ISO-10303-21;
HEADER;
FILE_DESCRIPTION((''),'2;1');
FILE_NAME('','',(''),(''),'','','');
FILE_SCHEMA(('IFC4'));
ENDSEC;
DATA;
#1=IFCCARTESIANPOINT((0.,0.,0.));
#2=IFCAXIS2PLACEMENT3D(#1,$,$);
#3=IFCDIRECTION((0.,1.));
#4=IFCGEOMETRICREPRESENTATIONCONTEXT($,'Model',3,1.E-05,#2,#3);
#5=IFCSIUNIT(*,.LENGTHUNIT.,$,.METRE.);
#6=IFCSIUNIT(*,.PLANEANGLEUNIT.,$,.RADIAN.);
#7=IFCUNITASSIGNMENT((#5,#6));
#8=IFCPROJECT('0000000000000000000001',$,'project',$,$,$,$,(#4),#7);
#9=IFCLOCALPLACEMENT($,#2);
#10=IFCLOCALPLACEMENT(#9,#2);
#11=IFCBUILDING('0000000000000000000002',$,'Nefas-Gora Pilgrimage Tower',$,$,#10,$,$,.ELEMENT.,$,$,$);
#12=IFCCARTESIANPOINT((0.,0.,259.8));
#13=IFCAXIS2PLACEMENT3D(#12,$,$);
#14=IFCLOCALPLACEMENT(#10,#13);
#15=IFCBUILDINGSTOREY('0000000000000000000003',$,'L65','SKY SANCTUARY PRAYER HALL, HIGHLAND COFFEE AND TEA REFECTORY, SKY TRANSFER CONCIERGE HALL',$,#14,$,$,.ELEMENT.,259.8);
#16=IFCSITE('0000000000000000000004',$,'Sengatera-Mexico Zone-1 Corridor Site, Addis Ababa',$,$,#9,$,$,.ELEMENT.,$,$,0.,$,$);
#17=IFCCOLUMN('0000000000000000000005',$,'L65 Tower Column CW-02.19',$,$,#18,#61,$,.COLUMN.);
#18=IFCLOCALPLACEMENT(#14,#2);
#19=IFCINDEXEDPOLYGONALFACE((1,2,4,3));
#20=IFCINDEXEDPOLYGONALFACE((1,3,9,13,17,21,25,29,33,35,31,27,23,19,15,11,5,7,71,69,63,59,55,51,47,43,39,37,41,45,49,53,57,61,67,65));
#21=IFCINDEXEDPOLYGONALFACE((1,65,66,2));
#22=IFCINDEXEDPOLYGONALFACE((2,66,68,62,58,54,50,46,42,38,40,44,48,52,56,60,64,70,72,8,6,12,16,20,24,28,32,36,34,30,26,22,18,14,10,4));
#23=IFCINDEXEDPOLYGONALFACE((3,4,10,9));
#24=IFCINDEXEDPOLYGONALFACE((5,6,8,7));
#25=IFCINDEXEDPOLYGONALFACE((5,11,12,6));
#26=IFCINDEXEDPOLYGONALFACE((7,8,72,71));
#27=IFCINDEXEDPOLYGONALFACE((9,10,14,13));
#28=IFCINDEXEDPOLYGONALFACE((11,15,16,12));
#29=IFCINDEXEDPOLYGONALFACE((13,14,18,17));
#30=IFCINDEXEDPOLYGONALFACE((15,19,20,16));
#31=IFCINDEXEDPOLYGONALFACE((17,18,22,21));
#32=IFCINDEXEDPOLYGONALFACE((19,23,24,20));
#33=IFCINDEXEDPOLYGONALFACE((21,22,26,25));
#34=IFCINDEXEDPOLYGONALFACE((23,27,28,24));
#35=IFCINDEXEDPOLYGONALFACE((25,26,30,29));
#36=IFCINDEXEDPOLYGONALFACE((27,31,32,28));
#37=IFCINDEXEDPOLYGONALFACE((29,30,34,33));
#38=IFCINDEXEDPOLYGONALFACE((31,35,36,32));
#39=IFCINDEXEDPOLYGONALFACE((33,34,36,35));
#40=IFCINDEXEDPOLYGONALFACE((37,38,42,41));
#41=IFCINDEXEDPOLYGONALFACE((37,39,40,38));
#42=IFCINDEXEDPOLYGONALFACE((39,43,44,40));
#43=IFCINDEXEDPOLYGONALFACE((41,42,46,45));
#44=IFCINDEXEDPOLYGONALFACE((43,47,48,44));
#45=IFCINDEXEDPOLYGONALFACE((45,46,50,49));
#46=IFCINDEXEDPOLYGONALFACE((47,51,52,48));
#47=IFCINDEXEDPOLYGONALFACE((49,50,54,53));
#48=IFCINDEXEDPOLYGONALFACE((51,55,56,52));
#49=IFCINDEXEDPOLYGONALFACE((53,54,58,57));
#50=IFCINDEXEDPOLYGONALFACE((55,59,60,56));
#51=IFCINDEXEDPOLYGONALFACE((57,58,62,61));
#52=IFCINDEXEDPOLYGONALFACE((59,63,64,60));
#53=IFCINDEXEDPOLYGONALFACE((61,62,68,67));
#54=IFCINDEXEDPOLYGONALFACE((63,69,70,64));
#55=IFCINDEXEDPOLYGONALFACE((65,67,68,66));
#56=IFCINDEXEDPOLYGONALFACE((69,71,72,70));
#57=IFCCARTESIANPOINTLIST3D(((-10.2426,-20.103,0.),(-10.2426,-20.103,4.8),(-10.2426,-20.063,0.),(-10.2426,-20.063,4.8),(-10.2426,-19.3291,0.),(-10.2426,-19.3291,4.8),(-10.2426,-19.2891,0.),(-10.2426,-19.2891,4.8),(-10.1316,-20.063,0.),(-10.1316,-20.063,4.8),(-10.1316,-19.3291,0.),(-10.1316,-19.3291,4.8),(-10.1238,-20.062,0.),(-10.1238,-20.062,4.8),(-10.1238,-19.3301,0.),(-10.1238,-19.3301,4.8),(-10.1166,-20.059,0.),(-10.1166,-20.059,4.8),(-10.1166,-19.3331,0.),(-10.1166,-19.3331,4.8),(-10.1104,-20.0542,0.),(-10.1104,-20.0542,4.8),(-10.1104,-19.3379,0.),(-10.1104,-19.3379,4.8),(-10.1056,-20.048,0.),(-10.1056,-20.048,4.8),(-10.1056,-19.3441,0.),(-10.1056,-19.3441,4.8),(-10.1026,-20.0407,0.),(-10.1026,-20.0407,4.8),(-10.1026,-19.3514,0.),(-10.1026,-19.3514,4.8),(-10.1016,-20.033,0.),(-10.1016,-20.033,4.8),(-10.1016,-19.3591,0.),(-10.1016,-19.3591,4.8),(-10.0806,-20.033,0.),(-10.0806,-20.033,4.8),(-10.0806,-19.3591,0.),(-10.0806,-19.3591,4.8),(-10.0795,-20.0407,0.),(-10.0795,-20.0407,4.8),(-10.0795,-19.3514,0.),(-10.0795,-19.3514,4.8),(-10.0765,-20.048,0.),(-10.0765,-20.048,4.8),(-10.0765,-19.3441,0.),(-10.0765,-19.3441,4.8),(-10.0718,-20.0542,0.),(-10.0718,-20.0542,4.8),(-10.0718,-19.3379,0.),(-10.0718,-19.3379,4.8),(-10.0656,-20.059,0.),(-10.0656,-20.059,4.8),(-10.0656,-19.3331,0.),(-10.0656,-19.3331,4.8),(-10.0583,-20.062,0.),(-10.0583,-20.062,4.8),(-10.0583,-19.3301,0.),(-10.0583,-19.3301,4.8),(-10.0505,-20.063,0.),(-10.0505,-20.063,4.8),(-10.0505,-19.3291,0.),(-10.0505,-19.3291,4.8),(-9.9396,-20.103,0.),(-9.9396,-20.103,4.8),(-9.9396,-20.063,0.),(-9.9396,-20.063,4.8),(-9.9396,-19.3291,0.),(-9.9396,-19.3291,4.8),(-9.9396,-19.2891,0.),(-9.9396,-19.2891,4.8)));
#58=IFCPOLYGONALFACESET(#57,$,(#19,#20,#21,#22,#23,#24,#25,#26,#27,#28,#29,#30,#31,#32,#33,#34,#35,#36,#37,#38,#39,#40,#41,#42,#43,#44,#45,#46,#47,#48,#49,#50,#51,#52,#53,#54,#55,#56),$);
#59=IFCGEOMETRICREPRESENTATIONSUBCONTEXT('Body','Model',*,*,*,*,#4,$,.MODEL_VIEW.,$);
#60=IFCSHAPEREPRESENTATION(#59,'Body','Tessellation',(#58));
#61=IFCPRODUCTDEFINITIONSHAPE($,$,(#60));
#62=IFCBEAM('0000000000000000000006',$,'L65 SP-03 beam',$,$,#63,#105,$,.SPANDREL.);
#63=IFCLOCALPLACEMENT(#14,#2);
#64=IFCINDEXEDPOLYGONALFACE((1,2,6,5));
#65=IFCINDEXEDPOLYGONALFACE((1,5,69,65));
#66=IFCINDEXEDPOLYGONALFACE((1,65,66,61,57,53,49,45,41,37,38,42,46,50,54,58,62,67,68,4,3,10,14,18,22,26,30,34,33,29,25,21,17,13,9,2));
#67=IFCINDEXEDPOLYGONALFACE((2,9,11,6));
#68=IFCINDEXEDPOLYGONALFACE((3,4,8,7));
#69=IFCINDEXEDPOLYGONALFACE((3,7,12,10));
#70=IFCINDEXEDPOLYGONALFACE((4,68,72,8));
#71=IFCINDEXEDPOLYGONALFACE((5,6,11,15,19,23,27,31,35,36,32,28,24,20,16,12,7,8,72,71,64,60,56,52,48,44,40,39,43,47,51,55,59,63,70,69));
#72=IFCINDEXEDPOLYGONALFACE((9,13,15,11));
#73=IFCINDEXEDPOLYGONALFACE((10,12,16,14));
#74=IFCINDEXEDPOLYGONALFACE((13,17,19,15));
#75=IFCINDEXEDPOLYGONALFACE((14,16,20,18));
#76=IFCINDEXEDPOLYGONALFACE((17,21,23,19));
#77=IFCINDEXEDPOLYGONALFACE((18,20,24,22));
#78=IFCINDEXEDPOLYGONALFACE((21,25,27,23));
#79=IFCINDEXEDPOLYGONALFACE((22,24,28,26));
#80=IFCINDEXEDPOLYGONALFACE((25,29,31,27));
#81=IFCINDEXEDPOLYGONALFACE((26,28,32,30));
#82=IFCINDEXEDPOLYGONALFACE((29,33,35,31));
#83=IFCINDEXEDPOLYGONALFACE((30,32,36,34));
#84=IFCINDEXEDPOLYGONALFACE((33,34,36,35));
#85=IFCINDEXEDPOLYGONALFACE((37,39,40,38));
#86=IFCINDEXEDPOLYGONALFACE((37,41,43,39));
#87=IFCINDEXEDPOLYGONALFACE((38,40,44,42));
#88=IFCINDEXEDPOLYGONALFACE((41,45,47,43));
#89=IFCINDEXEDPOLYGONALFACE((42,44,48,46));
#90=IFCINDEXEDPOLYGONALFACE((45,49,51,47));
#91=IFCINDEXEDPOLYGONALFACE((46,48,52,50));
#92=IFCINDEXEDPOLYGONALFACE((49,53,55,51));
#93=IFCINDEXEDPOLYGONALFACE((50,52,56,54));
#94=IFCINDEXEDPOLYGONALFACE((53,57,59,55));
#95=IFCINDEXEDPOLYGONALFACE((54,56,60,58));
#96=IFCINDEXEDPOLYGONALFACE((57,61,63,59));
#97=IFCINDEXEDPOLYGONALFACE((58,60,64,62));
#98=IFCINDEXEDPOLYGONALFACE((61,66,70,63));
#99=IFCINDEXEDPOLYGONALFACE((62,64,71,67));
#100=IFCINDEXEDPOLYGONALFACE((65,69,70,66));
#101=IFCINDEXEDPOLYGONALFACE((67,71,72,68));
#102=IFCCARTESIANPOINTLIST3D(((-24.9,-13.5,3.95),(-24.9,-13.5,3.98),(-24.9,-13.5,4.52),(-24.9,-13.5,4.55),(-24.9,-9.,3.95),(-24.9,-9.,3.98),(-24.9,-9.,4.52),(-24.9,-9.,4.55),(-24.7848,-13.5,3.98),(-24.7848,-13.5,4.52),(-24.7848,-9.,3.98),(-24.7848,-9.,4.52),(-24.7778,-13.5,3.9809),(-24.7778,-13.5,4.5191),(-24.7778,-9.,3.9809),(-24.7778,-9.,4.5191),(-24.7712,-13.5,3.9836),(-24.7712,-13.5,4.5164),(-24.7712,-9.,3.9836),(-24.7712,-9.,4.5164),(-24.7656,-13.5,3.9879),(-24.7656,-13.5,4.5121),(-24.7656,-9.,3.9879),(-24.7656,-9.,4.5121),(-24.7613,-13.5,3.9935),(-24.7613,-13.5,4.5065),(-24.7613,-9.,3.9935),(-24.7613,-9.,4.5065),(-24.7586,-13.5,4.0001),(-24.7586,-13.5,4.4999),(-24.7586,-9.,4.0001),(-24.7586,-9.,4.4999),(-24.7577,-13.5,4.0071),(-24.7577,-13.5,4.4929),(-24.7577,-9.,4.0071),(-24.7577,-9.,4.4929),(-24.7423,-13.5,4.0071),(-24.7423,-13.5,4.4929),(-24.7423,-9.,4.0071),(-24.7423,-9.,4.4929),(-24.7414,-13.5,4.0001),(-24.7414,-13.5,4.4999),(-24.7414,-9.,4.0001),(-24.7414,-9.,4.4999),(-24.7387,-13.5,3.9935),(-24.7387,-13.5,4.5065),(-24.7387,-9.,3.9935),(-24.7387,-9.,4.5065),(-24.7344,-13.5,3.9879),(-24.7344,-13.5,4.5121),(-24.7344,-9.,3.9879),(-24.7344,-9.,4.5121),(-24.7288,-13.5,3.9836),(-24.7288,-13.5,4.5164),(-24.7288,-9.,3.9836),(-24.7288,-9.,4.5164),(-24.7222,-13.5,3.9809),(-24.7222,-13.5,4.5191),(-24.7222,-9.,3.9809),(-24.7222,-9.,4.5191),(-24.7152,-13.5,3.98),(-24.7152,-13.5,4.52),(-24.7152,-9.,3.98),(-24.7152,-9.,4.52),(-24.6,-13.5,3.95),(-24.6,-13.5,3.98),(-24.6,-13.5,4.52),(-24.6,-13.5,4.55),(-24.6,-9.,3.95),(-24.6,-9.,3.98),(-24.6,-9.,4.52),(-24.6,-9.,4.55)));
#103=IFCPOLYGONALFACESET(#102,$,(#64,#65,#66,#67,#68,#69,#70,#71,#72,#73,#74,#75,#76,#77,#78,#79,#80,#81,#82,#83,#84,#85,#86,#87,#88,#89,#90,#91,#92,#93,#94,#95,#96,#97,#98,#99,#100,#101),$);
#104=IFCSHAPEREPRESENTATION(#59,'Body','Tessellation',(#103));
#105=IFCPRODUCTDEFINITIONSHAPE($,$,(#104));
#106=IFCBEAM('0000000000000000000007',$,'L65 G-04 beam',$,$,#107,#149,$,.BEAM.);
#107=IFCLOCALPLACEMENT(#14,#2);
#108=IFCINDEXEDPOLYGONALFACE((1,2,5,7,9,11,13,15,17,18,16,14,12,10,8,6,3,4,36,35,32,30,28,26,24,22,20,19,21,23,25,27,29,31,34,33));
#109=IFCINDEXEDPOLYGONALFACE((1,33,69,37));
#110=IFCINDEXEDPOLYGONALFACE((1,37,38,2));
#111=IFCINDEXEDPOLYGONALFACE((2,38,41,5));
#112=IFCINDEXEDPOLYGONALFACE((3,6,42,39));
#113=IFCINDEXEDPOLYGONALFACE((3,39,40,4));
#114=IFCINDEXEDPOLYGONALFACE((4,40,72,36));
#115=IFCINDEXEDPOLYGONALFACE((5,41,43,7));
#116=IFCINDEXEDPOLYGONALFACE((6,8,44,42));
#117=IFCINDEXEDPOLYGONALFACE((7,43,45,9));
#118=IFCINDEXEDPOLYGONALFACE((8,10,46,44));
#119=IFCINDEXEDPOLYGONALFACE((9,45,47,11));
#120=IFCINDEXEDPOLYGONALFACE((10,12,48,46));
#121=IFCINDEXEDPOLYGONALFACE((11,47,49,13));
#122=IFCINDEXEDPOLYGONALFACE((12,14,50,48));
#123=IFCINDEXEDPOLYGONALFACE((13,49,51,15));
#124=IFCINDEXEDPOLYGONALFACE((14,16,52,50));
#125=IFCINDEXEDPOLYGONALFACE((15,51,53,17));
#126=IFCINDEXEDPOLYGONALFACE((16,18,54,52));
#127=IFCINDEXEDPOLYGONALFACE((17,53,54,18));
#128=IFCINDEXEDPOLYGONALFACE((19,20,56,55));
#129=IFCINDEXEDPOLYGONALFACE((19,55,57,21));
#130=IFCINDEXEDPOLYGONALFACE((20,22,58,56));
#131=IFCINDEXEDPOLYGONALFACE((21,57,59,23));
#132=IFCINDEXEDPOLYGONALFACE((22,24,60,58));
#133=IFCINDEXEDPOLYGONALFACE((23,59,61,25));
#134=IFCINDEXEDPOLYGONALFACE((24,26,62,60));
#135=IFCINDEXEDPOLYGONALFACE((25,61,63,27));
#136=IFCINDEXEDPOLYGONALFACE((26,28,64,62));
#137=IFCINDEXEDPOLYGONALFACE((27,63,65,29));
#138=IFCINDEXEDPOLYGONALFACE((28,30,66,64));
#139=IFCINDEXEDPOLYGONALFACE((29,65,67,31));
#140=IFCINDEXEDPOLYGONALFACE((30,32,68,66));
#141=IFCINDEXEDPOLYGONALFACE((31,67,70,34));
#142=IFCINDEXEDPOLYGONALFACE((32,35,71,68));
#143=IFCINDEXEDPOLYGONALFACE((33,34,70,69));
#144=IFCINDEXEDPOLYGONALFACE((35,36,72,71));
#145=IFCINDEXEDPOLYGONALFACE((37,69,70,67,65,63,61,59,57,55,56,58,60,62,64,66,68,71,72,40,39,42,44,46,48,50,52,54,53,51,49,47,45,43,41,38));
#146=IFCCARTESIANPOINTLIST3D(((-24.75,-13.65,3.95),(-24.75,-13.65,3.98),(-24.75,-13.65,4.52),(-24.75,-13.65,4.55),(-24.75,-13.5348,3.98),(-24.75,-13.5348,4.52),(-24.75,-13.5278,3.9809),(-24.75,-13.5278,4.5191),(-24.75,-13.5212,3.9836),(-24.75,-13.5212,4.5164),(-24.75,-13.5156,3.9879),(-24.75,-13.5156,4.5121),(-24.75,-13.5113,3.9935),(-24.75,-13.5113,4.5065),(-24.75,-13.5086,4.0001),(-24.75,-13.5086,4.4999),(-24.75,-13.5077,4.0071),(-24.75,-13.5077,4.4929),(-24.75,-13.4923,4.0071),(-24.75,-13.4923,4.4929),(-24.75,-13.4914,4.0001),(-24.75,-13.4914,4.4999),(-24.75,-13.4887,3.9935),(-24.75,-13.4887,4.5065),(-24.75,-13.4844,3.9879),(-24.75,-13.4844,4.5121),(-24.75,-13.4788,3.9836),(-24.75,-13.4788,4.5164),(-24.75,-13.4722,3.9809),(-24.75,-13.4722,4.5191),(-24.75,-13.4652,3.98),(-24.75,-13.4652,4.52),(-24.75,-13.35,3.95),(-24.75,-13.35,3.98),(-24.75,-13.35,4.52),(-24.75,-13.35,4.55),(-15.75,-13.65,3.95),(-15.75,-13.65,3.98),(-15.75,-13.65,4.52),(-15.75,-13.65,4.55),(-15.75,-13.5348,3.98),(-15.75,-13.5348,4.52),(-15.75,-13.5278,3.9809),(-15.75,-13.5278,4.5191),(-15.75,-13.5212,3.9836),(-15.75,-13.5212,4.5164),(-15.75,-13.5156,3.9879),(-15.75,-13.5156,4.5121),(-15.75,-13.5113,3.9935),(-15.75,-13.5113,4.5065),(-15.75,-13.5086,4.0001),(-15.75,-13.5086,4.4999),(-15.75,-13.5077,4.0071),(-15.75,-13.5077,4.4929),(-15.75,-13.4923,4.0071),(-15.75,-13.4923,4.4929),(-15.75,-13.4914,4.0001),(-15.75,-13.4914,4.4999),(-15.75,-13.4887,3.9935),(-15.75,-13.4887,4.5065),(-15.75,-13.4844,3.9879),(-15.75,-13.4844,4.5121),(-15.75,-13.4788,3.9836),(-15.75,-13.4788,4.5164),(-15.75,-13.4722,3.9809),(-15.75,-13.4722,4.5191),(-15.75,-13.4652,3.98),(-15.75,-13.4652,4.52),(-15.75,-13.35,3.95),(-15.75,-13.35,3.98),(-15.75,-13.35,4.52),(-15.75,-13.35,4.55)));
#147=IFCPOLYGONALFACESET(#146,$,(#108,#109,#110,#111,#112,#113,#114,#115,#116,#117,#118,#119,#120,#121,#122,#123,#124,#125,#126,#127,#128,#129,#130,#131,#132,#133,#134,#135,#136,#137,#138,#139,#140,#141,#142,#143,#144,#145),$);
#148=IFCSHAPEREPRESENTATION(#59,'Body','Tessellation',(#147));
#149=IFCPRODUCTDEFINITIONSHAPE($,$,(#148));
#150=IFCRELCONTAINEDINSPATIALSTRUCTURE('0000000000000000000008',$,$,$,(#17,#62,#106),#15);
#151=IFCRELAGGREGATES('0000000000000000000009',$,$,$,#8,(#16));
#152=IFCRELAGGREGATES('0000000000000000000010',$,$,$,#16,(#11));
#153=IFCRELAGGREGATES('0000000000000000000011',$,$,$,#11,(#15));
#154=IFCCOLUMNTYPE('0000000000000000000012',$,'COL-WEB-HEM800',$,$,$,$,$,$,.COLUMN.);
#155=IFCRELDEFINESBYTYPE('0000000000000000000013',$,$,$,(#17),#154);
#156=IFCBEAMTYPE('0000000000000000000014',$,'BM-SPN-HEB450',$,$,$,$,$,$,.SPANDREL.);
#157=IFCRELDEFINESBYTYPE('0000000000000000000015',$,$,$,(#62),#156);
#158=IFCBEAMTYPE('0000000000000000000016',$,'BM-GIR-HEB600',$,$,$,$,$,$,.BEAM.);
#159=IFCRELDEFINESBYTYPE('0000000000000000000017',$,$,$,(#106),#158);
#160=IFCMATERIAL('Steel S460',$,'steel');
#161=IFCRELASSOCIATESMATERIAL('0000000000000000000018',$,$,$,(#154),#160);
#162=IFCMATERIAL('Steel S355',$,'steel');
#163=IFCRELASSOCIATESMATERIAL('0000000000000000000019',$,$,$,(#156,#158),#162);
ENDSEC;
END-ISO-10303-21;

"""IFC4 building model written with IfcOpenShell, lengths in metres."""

from ifc_helpers import new_model, si_unit, direction, frame, origin, origin_2d, place, context, subcontext, project, spatial, i_section, extrude, source, transform, mapped, material, material_profile, profile_set, type_object, element, save


model = new_model("IFC4")

# Units and contexts
model_context = context("Model", 3, precision=1e-05, world=origin(), true_north=direction((0.0, 1.0)))
body_context = subcontext(model_context, "Body", "Model", "MODEL_VIEW")
ifc_project = project(units=[si_unit("LENGTHUNIT", "METRE"), si_unit("PLANEANGLEUNIT", "RADIAN")], contexts=[model_context])

# Site, building, storey
site_placement = place(None, origin())
site = spatial("IfcSite", under=ifc_project, at=site_placement, Name="Sengatera-Mexico Zone-1 Corridor Site, Addis Ababa", CompositionType="ELEMENT", RefElevation=0.0)
building_placement = place(site_placement, origin())
building = spatial("IfcBuilding", under=site, at=building_placement, Name="Nefas-Gora Pilgrimage Tower", CompositionType="ELEMENT")
storey_placement = place(building_placement, frame((0.0, 0.0, 259.8)))
storey = spatial("IfcBuildingStorey", under=building, at=storey_placement, Name="L65", Description="SKY SANCTUARY PRAYER HALL, HIGHLAND COFFEE AND TEA REFECTORY, SKY TRANSFER CONCIERGE HALL", CompositionType="ELEMENT", Elevation=259.8)

# Column
ifc_material_1 = material(Name="Steel S460", Category="steel")
ifc_material_profile_1 = material_profile(ifc_material_1, i_section(OverallWidth=0.303, OverallDepth=0.814, WebThickness=0.021, FlangeThickness=0.04, FilletRadius=0.03, at=origin_2d()), Name="HEM 800")
ifc_profile_set_1 = profile_set([ifc_material_profile_1], Name="Steel S460")
column_type_1 = type_object("IfcColumnType", Name="COL-WEB-HEM800", PredefinedType="COLUMN", material=ifc_profile_set_1)
shared_shape_1 = source(origin(), body_context, "Body", "SweptSolid", [
    extrude(i_section(OverallWidth=0.303, OverallDepth=0.814, WebThickness=0.021, FlangeThickness=0.04, FilletRadius=0.03, at=origin_2d()), origin(), (0.0, 0.0, 1.0), 4.8),
])
for number, where, z_axis, x_axis, name in (
    (1, (-10.0911, -19.696, 0.0), (0.0, 0.0, 1.0), (1.0, 0.0, 0.0), "L65 Tower Column CW-02.19"),
):
    element("IfcColumn", number, at=place(storey_placement, frame(where, z_axis=z_axis, x_axis=x_axis)), inside=storey, type_object=column_type_1, Name=name, PredefinedType="COLUMN", context=body_context, shape_type="MappedRepresentation", body=[
        mapped(shared_shape_1, transform((0.0, 0.0, 0.0), x_axis=(1.0, 0.0, 0.0), y_axis=(0.0, 1.0, 0.0), z_axis=(0.0, 0.0, 1.0), scale=1.0)),
    ])

# Beams
ifc_material_2 = material(Name="Steel S355", Category="steel")
ifc_material_profile_2 = material_profile(ifc_material_2, i_section(OverallWidth=0.3, OverallDepth=0.6001, WebThickness=0.0154, FlangeThickness=0.03, FilletRadius=0.0271, at=origin_2d()), Name="HEB 600")
ifc_profile_set_2 = profile_set([ifc_material_profile_2], Name="Steel S355")
beam_type_1 = type_object("IfcBeamType", Name="BM-SPN-HEB450", PredefinedType="SPANDREL", material=ifc_profile_set_2)
shared_shape_2 = source(origin(), body_context, "Body", "SweptSolid", [
    extrude(i_section(OverallWidth=0.3, OverallDepth=0.6001, WebThickness=0.0154, FlangeThickness=0.03, FilletRadius=0.0271, at=origin_2d()), origin(), (0.0, 0.0, 1.0), 4.5),
])
beam_placement = place(storey_placement, frame((-24.75, -13.5, 4.25), z_axis=(0.0, 1.0, 0.0), x_axis=(-1.0, 0.0, 0.0)))
element("IfcBeam", 2, at=beam_placement, inside=storey, type_object=beam_type_1, Name="L65 SP-03 beam", PredefinedType="SPANDREL", context=body_context, shape_type="MappedRepresentation", body=[
    mapped(shared_shape_2, transform((0.0, 0.0, 0.0), x_axis=(1.0, 0.0, 0.0), y_axis=(0.0, 1.0, 0.0), z_axis=(0.0, 0.0, 1.0), scale=1.0)),
])
ifc_material_profile_3 = material_profile(ifc_material_2, i_section(OverallWidth=0.3, OverallDepth=0.6001, WebThickness=0.0154, FlangeThickness=0.03, FilletRadius=0.0271, at=origin_2d()), Name="HEB 600")
ifc_profile_set_3 = profile_set([ifc_material_profile_3], Name="Steel S355")
beam_type_2 = type_object("IfcBeamType", Name="BM-GIR-HEB600", PredefinedType="BEAM", material=ifc_profile_set_3)
shared_shape_3 = source(origin(), body_context, "Body", "SweptSolid", [
    extrude(i_section(OverallWidth=0.3, OverallDepth=0.6001, WebThickness=0.0154, FlangeThickness=0.03, FilletRadius=0.0271, at=origin_2d()), origin(), (0.0, 0.0, 1.0), 9.0),
])
for number, where, z_axis, x_axis, name in (
    (3, (-24.75, -13.5, 4.25), (1.0, 0.0, 0.0), (0.0, 1.0, 0.0), "L65 G-04 beam"),
):
    element("IfcBeam", number, at=place(storey_placement, frame(where, z_axis=z_axis, x_axis=x_axis)), inside=storey, type_object=beam_type_2, Name=name, PredefinedType="BEAM", context=body_context, shape_type="MappedRepresentation", body=[
        mapped(shared_shape_3, transform((0.0, 0.0, 0.0), x_axis=(1.0, 0.0, 0.0), y_axis=(0.0, 1.0, 0.0), z_axis=(0.0, 0.0, 1.0), scale=1.0)),
    ])

save(model, "model.ifc")
